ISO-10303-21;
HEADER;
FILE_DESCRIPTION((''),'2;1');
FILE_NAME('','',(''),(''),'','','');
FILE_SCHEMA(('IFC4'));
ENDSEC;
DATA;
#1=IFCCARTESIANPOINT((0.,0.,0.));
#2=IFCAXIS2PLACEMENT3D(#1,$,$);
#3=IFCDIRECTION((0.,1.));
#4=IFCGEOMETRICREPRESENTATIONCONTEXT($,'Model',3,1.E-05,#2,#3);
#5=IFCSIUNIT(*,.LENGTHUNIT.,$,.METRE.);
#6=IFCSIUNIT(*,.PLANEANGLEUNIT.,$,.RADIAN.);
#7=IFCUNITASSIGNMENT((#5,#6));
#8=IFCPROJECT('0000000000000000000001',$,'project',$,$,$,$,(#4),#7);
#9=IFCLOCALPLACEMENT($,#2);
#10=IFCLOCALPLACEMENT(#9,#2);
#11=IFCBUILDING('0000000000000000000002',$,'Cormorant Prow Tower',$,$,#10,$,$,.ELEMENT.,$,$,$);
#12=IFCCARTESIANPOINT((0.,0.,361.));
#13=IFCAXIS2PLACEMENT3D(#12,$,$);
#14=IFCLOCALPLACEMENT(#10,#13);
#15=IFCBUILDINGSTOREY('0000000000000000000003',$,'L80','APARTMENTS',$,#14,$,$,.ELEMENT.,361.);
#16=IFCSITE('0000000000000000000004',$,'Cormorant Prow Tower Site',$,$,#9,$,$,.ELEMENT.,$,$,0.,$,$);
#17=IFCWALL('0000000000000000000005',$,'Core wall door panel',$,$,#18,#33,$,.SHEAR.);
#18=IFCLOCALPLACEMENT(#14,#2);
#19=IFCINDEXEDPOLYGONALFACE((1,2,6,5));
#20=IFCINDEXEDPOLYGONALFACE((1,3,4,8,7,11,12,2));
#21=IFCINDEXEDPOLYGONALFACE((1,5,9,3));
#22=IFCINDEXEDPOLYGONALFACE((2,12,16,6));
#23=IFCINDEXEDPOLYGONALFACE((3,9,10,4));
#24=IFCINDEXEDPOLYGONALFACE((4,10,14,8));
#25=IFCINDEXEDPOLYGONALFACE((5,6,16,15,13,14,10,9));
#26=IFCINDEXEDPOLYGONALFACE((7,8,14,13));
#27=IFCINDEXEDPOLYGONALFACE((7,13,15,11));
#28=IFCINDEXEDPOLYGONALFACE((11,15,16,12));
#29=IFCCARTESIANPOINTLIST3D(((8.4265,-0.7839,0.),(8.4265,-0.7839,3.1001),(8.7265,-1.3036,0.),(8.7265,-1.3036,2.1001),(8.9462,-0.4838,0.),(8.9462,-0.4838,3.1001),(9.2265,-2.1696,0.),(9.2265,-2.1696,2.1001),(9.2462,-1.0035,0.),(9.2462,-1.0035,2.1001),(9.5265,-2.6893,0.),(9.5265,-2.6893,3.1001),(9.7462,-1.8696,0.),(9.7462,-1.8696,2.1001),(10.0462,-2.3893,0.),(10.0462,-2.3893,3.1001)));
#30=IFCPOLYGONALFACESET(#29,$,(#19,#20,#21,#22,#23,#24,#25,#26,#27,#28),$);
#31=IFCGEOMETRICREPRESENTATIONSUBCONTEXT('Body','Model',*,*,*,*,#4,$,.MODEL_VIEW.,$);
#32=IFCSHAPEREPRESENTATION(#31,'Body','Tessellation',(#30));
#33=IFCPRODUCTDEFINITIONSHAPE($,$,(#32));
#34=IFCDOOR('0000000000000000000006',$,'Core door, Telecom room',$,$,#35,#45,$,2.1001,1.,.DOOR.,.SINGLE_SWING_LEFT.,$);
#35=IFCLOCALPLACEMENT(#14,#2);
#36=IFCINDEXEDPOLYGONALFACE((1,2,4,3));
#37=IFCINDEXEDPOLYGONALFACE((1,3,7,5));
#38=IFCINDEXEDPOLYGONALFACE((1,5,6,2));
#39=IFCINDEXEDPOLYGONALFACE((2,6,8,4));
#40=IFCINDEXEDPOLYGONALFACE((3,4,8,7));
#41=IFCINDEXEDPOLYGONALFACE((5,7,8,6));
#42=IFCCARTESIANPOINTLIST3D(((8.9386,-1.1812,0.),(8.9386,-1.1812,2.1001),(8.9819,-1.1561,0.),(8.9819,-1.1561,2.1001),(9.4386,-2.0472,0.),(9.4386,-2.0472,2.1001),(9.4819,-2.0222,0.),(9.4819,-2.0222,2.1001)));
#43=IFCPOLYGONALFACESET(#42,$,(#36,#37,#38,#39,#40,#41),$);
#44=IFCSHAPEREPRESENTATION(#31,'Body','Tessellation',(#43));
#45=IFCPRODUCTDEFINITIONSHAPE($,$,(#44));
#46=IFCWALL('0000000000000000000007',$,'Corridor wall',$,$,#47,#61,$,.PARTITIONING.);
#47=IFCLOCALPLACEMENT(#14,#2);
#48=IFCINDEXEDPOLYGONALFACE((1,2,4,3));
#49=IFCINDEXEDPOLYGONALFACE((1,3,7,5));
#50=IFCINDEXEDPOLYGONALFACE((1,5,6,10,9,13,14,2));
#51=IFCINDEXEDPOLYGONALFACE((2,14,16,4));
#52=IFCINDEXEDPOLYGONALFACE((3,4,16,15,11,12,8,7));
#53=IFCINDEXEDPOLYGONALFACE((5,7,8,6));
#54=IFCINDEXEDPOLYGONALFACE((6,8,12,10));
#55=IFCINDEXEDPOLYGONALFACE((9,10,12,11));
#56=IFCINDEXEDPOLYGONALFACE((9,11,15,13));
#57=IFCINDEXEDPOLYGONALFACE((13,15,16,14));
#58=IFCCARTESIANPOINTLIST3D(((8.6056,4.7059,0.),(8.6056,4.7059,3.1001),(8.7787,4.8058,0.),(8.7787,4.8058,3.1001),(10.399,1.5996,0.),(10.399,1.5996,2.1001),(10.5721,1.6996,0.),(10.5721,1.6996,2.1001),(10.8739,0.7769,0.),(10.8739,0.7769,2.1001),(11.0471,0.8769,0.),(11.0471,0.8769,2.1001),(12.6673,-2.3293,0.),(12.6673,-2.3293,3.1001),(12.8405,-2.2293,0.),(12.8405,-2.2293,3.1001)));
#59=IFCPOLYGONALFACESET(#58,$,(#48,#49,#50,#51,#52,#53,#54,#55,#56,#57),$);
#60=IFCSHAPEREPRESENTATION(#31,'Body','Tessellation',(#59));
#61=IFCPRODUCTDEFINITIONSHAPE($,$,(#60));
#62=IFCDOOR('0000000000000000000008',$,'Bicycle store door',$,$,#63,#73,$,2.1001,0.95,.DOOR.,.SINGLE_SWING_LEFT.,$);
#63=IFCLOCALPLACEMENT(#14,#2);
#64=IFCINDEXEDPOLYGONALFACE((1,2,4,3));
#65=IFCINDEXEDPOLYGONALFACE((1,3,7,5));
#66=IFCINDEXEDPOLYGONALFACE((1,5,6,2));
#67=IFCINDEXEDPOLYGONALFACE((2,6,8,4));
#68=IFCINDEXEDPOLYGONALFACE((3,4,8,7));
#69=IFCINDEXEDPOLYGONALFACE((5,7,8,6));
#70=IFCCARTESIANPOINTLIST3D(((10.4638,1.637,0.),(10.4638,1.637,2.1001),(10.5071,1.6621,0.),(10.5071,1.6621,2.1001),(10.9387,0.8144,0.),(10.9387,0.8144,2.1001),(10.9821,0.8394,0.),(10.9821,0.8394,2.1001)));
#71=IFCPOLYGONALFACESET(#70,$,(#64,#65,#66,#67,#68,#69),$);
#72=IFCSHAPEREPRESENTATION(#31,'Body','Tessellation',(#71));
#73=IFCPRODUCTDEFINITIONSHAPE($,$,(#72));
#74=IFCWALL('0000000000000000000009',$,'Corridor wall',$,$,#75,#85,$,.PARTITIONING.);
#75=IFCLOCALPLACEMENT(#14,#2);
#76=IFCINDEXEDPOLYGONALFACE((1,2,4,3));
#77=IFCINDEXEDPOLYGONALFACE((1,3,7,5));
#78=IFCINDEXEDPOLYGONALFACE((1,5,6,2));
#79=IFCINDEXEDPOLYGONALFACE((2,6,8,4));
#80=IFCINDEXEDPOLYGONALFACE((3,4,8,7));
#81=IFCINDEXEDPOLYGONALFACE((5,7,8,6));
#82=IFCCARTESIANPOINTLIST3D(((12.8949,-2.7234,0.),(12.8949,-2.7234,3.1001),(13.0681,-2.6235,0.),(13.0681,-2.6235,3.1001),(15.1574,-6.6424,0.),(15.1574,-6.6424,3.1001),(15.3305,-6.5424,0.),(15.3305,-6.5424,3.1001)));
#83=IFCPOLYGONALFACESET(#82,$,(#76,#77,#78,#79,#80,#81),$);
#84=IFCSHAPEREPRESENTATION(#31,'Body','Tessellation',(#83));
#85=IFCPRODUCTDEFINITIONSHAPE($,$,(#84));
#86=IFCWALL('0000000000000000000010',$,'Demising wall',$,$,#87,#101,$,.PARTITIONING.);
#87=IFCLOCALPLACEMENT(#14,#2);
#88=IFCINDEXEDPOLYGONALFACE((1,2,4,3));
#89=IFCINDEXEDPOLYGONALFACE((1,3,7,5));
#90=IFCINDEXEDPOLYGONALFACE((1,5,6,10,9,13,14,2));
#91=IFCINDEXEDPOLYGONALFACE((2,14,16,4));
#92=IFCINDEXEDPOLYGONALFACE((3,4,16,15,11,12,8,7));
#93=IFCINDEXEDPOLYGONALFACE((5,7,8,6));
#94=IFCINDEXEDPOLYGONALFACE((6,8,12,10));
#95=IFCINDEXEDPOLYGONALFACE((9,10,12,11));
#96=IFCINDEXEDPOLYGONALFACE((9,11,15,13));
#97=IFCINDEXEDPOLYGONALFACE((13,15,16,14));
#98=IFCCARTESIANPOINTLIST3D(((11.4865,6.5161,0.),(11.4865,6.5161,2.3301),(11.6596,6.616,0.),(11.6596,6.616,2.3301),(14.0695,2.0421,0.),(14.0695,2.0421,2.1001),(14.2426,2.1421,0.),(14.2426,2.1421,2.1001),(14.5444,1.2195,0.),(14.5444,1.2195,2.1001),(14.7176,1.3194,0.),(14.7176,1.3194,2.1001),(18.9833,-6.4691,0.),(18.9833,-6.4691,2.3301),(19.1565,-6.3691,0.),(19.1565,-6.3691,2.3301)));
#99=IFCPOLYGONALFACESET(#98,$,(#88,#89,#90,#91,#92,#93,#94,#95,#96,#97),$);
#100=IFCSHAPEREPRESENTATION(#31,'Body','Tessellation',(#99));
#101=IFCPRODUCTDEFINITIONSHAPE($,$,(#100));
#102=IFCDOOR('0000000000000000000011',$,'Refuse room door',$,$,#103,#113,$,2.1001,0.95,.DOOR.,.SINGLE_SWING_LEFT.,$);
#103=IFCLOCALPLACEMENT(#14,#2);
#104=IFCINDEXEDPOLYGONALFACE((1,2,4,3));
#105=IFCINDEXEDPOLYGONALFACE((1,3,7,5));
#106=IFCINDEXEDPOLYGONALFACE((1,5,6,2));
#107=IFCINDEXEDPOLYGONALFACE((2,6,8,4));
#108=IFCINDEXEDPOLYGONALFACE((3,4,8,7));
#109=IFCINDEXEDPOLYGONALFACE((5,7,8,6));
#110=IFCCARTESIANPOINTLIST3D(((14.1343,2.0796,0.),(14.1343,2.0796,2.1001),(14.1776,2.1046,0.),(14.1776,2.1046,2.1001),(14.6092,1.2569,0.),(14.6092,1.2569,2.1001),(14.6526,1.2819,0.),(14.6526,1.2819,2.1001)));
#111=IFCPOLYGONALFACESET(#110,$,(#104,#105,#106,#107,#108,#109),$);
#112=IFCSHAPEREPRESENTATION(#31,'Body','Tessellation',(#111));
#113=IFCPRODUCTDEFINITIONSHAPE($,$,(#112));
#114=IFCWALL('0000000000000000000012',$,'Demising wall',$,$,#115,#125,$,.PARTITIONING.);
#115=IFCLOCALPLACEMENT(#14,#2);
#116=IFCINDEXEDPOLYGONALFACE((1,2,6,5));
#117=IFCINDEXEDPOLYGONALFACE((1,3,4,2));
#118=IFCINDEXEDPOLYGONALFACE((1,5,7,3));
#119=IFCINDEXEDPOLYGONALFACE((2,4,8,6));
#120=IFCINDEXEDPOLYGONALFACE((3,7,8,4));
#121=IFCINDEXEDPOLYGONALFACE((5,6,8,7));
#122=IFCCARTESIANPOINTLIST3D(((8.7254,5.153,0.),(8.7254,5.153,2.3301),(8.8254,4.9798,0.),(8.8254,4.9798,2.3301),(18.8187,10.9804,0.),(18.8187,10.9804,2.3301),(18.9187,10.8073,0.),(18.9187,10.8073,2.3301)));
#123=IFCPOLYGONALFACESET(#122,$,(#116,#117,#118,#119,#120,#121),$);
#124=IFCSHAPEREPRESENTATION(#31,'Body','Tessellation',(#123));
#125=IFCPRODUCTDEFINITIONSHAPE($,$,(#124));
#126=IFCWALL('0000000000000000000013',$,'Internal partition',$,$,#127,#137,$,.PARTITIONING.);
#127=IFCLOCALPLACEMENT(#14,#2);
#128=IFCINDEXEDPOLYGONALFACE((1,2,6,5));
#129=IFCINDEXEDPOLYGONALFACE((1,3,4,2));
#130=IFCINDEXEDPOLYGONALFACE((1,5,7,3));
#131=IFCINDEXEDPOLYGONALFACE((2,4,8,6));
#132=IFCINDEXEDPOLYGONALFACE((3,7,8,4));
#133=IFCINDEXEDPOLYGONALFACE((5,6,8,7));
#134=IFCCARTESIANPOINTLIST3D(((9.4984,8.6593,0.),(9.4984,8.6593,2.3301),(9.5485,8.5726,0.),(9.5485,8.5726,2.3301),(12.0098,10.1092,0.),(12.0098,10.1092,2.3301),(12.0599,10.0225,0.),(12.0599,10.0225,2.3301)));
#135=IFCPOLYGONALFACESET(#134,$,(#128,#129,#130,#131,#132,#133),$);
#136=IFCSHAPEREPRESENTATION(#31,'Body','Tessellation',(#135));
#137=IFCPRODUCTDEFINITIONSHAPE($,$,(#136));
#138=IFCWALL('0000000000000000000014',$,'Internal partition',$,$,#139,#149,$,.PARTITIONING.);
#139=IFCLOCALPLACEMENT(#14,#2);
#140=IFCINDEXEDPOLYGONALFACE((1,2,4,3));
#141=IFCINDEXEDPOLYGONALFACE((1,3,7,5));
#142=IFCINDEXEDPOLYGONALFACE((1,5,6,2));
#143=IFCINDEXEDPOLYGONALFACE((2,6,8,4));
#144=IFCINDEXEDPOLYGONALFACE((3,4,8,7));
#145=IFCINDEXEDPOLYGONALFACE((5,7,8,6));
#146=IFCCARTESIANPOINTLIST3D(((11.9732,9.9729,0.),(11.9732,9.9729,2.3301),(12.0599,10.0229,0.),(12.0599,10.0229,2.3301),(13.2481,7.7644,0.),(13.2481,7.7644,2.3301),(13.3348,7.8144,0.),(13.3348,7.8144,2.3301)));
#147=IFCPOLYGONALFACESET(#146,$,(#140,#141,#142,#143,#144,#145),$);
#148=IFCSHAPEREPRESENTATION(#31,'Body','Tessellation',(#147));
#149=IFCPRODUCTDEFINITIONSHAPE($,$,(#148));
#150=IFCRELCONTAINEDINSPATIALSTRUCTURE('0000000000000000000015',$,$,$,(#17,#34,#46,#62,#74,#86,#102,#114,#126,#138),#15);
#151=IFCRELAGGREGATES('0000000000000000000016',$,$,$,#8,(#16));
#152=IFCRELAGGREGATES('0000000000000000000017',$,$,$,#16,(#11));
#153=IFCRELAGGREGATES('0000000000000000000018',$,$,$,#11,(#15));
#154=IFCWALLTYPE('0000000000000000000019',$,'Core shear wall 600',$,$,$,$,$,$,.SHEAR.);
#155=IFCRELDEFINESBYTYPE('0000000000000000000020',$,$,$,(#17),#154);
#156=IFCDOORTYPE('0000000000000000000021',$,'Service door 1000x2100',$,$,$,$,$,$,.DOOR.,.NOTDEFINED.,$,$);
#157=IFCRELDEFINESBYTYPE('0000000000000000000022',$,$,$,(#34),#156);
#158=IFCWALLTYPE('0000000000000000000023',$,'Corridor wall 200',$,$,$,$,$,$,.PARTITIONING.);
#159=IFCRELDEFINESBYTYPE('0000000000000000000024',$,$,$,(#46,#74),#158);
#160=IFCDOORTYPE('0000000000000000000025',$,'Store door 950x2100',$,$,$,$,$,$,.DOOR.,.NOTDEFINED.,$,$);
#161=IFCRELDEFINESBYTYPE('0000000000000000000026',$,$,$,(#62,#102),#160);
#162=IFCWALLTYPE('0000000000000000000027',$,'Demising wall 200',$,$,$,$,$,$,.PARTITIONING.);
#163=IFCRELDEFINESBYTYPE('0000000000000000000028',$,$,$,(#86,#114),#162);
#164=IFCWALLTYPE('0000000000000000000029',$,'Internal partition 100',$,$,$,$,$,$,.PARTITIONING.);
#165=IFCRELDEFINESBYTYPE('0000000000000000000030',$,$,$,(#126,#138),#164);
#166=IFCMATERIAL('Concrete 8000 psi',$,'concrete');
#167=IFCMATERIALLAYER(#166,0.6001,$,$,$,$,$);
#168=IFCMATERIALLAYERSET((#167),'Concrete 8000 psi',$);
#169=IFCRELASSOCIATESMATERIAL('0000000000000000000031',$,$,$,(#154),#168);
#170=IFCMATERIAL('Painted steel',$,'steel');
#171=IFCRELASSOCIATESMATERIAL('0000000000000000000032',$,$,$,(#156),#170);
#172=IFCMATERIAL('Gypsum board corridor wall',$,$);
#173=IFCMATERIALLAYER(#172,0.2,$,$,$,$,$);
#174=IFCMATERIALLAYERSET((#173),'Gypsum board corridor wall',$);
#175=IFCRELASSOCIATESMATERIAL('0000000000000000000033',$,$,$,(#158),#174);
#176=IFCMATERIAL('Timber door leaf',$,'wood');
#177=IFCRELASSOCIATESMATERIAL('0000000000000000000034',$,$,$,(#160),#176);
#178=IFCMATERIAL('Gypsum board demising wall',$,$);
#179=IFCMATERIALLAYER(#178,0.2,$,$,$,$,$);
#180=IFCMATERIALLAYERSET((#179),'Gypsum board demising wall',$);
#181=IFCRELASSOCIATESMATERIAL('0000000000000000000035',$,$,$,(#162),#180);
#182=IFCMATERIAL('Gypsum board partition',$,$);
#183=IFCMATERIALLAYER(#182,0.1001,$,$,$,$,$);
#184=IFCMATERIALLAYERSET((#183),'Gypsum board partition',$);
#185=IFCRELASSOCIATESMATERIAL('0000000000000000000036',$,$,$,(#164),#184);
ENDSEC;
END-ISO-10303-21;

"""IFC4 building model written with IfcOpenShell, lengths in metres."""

from ifc_helpers import new_model, si_unit, direction, frame, frame_2d, origin, place, context, subcontext, project, spatial, rectangle, extrude, material, layer, layer_set, type_object, element, fill, save


model = new_model("IFC4")

# Units and contexts
model_context = context("Model", 3, precision=1e-05, world=origin(), true_north=direction((0.0, 1.0)))
body_context = subcontext(model_context, "Body", "Model", "MODEL_VIEW")
ifc_project = project(units=[si_unit("LENGTHUNIT", "METRE"), si_unit("PLANEANGLEUNIT", "RADIAN")], contexts=[model_context])

# Site, building, storey
site_placement = place(None, origin())
site = spatial("IfcSite", under=ifc_project, at=site_placement, Name="Cormorant Prow Tower Site", CompositionType="ELEMENT", RefElevation=0.0)
building_placement = place(site_placement, origin())
building = spatial("IfcBuilding", under=site, at=building_placement, Name="Cormorant Prow Tower", CompositionType="ELEMENT")
storey_placement = place(building_placement, frame((0.0, 0.0, 361.0)))
storey = spatial("IfcBuildingStorey", under=building, at=storey_placement, Name="L80", Description="APARTMENTS", CompositionType="ELEMENT", Elevation=361.0)

# Walls, openings, doors
ifc_material_1 = material(Name="Concrete 8000 psi", Category="concrete")
ifc_layer_1 = layer(ifc_material_1, 0.6001)
ifc_layer_set_1 = layer_set([ifc_layer_1], Name="Concrete 8000 psi")
wall_type_1 = type_object("IfcWallType", Name="Core shear wall 600", PredefinedType="SHEAR", material=ifc_layer_set_1)
wall_1_placement = place(storey_placement, frame((9.7864, -2.5393, 0.0), z_axis=(0.0, 0.0, 1.0), x_axis=(-0.499982, 0.866036, 0.0)))
wall_1 = element("IfcWall", 1, at=wall_1_placement, inside=storey, type_object=wall_type_1, Name="Core wall door panel", PredefinedType="SHEAR", context=body_context, shape_type="SweptSolid", body=[
    extrude(rectangle(XDim=2.2002, YDim=0.6001, at=frame_2d((1.1001, 0.0))), origin(), (0.0, 0.0, 1.0), 3.1001),
])
opening_1_placement = place(wall_1_placement, frame((0.6001, 0.0, 0.0)))
opening_1 = element("IfcOpeningElement", 2, at=opening_1_placement, cuts=wall_1, PredefinedType="OPENING", context=body_context, shape_type="SweptSolid", body=[
    extrude(rectangle(XDim=1.0, YDim=2.1001, at=frame_2d((0.5, 1.05))), frame((0.0, 0.3101, 0.0), z_axis=(0.0, -1.0, 0.0), x_axis=(1.0, 0.0, 0.0)), (0.0, 0.0, 1.0), 0.6201),
])
ifc_material_2 = material(Name="Painted steel", Category="steel")
door_type_1 = type_object("IfcDoorType", Name="Service door 1000x2100", OperationType="NOTDEFINED", PredefinedType="DOOR", material=ifc_material_2)
door_1_placement = place(opening_1_placement, origin())
door_1 = element("IfcDoor", 3, at=door_1_placement, inside=storey, type_object=door_type_1, Name="Core door, Telecom room", OperationType="SINGLE_SWING_LEFT", OverallHeight=2.1001, OverallWidth=1.0, PredefinedType="DOOR", context=body_context, shape_type="SweptSolid", body=[
    extrude(rectangle(XDim=1.0, YDim=2.1001, at=frame_2d((0.5, 1.05))), frame((0.0, 0.0552, 0.0), z_axis=(0.0, -1.0, 0.0), x_axis=(1.0, 0.0, 0.0)), (0.0, 0.0, 1.0), 0.05),
])
fill(opening_1, door_1)
ifc_material_3 = material(Name="Gypsum board corridor wall")
ifc_layer_2 = layer(ifc_material_3, 0.2)
ifc_layer_set_2 = layer_set([ifc_layer_2], Name="Gypsum board corridor wall")
wall_type_2 = type_object("IfcWallType", Name="Corridor wall 200", PredefinedType="PARTITIONING", material=ifc_layer_set_2)
wall_2_placement = place(storey_placement, frame((8.6921, 4.7559, 0.0), z_axis=(0.0, 0.0, 1.0), x_axis=(0.500002, -0.866024, 0.0)))
wall_2 = element("IfcWall", 4, at=wall_2_placement, inside=storey, type_object=wall_type_2, Name="Corridor wall", PredefinedType="PARTITIONING", context=body_context, shape_type="SweptSolid", body=[
    extrude(rectangle(XDim=8.1235, YDim=0.2, at=frame_2d((4.0618, 0.0))), origin(), (0.0, 0.0, 1.0), 3.1001),
])
opening_2_placement = place(wall_2_placement, frame((3.5867, 0.0, 0.0)))
opening_2 = element("IfcOpeningElement", 5, at=opening_2_placement, cuts=wall_2, PredefinedType="OPENING", context=body_context, shape_type="SweptSolid", body=[
    extrude(rectangle(XDim=0.95, YDim=2.1001, at=frame_2d((0.4751, 1.05))), frame((0.0, 0.1099, 0.0), z_axis=(0.0, -1.0, 0.0), x_axis=(1.0, 0.0, 0.0)), (0.0, 0.0, 1.0), 0.22),
])
ifc_material_4 = material(Name="Timber door leaf", Category="wood")
door_type_2 = type_object("IfcDoorType", Name="Store door 950x2100", OperationType="NOTDEFINED", PredefinedType="DOOR", material=ifc_material_4)
door_2_placement = place(opening_2_placement, origin())
door_2 = element("IfcDoor", 6, at=door_2_placement, inside=storey, type_object=door_type_2, Name="Bicycle store door", OperationType="SINGLE_SWING_LEFT", OverallHeight=2.1001, OverallWidth=0.95, PredefinedType="DOOR", context=body_context, shape_type="SweptSolid", body=[
    extrude(rectangle(XDim=0.95, YDim=2.1001, at=frame_2d((0.4751, 1.05))), frame((0.0, 0.0249, 0.0), z_axis=(0.0, -1.0, 0.0), x_axis=(1.0, 0.0, 0.0)), (0.0, 0.0, 1.0), 0.05),
])
fill(opening_2, door_2)

# Wall
wall_3_placement = place(storey_placement, frame((12.9814, -2.6733, 0.0), z_axis=(0.0, 0.0, 1.0), x_axis=(0.499975, -0.86604, 0.0)))
element("IfcWall", 7, at=wall_3_placement, inside=storey, type_object=wall_type_2, Name="Corridor wall", PredefinedType="PARTITIONING", context=body_context, shape_type="SweptSolid", body=[
    extrude(rectangle(XDim=4.5251, YDim=0.2, at=frame_2d((2.2627, 0.0))), origin(), (0.0, 0.0, 1.0), 3.1001),
])

# Wall, opening, door
ifc_material_5 = material(Name="Gypsum board demising wall")
ifc_layer_3 = layer(ifc_material_5, 0.2)
ifc_layer_set_3 = layer_set([ifc_layer_3], Name="Gypsum board demising wall")
wall_type_3 = type_object("IfcWallType", Name="Demising wall 200", PredefinedType="PARTITIONING", material=ifc_layer_set_3)
wall_4_placement = place(storey_placement, frame((11.573, 6.5662, 0.0), z_axis=(0.0, 0.0, 1.0), x_axis=(0.499994, -0.866029, 0.0)))
wall_4 = element("IfcWall", 8, at=wall_4_placement, inside=storey, type_object=wall_type_3, Name="Demising wall", PredefinedType="PARTITIONING", context=body_context, shape_type="SweptSolid", body=[
    extrude(rectangle(XDim=14.9939, YDim=0.2, at=frame_2d((7.4971, 0.0))), origin(), (0.0, 0.0, 1.0), 2.3301),
])
opening_3_placement = place(wall_4_placement, frame((5.166, 0.0, 0.0)))
opening_3 = element("IfcOpeningElement", 9, at=opening_3_placement, cuts=wall_4, PredefinedType="OPENING", context=body_context, shape_type="SweptSolid", body=[
    extrude(rectangle(XDim=0.95, YDim=2.1001, at=frame_2d((0.4751, 1.05))), frame((0.0, 0.1099, 0.0), z_axis=(0.0, -1.0, 0.0), x_axis=(1.0, 0.0, 0.0)), (0.0, 0.0, 1.0), 0.22),
])
door_3_placement = place(opening_3_placement, origin())
door_3 = element("IfcDoor", 10, at=door_3_placement, inside=storey, type_object=door_type_2, Name="Refuse room door", OperationType="SINGLE_SWING_LEFT", OverallHeight=2.1001, OverallWidth=0.95, PredefinedType="DOOR", context=body_context, shape_type="SweptSolid", body=[
    extrude(rectangle(XDim=0.95, YDim=2.1001, at=frame_2d((0.4751, 1.05))), frame((0.0, 0.0249, 0.0), z_axis=(0.0, -1.0, 0.0), x_axis=(1.0, 0.0, 0.0)), (0.0, 0.0, 1.0), 0.05),
])
fill(opening_3, door_3)

# Walls
wall_5_placement = place(storey_placement, frame((8.7754, 5.0664, 0.0), z_axis=(0.0, 0.0, 1.0), x_axis=(0.866024, 0.500003, 0.0)))
element("IfcWall", 11, at=wall_5_placement, inside=storey, type_object=wall_type_3, Name="Demising wall", PredefinedType="PARTITIONING", context=body_context, shape_type="SweptSolid", body=[
    extrude(rectangle(XDim=11.6548, YDim=0.2, at=frame_2d((5.8274, 0.0))), origin(), (0.0, 0.0, 1.0), 2.3301),
])
ifc_material_6 = material(Name="Gypsum board partition")
ifc_layer_4 = layer(ifc_material_6, 0.1001)
ifc_layer_set_4 = layer_set([ifc_layer_4], Name="Gypsum board partition")
wall_type_4 = type_object("IfcWallType", Name="Internal partition 100", PredefinedType="PARTITIONING", material=ifc_layer_set_4)
wall_6_placement = place(storey_placement, frame((9.5234, 8.616, 0.0), z_axis=(0.0, 0.0, 1.0), x_axis=(0.866033, 0.499987, 0.0)))
element("IfcWall", 12, at=wall_6_placement, inside=storey, type_object=wall_type_4, Name="Internal partition", PredefinedType="PARTITIONING", context=body_context, shape_type="SweptSolid", body=[
    extrude(rectangle(XDim=2.8999, YDim=0.1001, at=frame_2d((1.45, 0.0))), origin(), (0.0, 0.0, 1.0), 2.3301),
])
wall_7_placement = place(storey_placement, frame((12.0166, 9.9978, 0.0), z_axis=(0.0, 0.0, 1.0), x_axis=(0.499949, -0.866055, 0.0)))
element("IfcWall", 13, at=wall_7_placement, inside=storey, type_object=wall_type_4, Name="Internal partition", PredefinedType="PARTITIONING", context=body_context, shape_type="SweptSolid", body=[
    extrude(rectangle(XDim=2.55, YDim=0.1001, at=frame_2d((1.2749, 0.0))), origin(), (0.0, 0.0, 1.0), 2.3301),
])

save(model, "model.ifc")
